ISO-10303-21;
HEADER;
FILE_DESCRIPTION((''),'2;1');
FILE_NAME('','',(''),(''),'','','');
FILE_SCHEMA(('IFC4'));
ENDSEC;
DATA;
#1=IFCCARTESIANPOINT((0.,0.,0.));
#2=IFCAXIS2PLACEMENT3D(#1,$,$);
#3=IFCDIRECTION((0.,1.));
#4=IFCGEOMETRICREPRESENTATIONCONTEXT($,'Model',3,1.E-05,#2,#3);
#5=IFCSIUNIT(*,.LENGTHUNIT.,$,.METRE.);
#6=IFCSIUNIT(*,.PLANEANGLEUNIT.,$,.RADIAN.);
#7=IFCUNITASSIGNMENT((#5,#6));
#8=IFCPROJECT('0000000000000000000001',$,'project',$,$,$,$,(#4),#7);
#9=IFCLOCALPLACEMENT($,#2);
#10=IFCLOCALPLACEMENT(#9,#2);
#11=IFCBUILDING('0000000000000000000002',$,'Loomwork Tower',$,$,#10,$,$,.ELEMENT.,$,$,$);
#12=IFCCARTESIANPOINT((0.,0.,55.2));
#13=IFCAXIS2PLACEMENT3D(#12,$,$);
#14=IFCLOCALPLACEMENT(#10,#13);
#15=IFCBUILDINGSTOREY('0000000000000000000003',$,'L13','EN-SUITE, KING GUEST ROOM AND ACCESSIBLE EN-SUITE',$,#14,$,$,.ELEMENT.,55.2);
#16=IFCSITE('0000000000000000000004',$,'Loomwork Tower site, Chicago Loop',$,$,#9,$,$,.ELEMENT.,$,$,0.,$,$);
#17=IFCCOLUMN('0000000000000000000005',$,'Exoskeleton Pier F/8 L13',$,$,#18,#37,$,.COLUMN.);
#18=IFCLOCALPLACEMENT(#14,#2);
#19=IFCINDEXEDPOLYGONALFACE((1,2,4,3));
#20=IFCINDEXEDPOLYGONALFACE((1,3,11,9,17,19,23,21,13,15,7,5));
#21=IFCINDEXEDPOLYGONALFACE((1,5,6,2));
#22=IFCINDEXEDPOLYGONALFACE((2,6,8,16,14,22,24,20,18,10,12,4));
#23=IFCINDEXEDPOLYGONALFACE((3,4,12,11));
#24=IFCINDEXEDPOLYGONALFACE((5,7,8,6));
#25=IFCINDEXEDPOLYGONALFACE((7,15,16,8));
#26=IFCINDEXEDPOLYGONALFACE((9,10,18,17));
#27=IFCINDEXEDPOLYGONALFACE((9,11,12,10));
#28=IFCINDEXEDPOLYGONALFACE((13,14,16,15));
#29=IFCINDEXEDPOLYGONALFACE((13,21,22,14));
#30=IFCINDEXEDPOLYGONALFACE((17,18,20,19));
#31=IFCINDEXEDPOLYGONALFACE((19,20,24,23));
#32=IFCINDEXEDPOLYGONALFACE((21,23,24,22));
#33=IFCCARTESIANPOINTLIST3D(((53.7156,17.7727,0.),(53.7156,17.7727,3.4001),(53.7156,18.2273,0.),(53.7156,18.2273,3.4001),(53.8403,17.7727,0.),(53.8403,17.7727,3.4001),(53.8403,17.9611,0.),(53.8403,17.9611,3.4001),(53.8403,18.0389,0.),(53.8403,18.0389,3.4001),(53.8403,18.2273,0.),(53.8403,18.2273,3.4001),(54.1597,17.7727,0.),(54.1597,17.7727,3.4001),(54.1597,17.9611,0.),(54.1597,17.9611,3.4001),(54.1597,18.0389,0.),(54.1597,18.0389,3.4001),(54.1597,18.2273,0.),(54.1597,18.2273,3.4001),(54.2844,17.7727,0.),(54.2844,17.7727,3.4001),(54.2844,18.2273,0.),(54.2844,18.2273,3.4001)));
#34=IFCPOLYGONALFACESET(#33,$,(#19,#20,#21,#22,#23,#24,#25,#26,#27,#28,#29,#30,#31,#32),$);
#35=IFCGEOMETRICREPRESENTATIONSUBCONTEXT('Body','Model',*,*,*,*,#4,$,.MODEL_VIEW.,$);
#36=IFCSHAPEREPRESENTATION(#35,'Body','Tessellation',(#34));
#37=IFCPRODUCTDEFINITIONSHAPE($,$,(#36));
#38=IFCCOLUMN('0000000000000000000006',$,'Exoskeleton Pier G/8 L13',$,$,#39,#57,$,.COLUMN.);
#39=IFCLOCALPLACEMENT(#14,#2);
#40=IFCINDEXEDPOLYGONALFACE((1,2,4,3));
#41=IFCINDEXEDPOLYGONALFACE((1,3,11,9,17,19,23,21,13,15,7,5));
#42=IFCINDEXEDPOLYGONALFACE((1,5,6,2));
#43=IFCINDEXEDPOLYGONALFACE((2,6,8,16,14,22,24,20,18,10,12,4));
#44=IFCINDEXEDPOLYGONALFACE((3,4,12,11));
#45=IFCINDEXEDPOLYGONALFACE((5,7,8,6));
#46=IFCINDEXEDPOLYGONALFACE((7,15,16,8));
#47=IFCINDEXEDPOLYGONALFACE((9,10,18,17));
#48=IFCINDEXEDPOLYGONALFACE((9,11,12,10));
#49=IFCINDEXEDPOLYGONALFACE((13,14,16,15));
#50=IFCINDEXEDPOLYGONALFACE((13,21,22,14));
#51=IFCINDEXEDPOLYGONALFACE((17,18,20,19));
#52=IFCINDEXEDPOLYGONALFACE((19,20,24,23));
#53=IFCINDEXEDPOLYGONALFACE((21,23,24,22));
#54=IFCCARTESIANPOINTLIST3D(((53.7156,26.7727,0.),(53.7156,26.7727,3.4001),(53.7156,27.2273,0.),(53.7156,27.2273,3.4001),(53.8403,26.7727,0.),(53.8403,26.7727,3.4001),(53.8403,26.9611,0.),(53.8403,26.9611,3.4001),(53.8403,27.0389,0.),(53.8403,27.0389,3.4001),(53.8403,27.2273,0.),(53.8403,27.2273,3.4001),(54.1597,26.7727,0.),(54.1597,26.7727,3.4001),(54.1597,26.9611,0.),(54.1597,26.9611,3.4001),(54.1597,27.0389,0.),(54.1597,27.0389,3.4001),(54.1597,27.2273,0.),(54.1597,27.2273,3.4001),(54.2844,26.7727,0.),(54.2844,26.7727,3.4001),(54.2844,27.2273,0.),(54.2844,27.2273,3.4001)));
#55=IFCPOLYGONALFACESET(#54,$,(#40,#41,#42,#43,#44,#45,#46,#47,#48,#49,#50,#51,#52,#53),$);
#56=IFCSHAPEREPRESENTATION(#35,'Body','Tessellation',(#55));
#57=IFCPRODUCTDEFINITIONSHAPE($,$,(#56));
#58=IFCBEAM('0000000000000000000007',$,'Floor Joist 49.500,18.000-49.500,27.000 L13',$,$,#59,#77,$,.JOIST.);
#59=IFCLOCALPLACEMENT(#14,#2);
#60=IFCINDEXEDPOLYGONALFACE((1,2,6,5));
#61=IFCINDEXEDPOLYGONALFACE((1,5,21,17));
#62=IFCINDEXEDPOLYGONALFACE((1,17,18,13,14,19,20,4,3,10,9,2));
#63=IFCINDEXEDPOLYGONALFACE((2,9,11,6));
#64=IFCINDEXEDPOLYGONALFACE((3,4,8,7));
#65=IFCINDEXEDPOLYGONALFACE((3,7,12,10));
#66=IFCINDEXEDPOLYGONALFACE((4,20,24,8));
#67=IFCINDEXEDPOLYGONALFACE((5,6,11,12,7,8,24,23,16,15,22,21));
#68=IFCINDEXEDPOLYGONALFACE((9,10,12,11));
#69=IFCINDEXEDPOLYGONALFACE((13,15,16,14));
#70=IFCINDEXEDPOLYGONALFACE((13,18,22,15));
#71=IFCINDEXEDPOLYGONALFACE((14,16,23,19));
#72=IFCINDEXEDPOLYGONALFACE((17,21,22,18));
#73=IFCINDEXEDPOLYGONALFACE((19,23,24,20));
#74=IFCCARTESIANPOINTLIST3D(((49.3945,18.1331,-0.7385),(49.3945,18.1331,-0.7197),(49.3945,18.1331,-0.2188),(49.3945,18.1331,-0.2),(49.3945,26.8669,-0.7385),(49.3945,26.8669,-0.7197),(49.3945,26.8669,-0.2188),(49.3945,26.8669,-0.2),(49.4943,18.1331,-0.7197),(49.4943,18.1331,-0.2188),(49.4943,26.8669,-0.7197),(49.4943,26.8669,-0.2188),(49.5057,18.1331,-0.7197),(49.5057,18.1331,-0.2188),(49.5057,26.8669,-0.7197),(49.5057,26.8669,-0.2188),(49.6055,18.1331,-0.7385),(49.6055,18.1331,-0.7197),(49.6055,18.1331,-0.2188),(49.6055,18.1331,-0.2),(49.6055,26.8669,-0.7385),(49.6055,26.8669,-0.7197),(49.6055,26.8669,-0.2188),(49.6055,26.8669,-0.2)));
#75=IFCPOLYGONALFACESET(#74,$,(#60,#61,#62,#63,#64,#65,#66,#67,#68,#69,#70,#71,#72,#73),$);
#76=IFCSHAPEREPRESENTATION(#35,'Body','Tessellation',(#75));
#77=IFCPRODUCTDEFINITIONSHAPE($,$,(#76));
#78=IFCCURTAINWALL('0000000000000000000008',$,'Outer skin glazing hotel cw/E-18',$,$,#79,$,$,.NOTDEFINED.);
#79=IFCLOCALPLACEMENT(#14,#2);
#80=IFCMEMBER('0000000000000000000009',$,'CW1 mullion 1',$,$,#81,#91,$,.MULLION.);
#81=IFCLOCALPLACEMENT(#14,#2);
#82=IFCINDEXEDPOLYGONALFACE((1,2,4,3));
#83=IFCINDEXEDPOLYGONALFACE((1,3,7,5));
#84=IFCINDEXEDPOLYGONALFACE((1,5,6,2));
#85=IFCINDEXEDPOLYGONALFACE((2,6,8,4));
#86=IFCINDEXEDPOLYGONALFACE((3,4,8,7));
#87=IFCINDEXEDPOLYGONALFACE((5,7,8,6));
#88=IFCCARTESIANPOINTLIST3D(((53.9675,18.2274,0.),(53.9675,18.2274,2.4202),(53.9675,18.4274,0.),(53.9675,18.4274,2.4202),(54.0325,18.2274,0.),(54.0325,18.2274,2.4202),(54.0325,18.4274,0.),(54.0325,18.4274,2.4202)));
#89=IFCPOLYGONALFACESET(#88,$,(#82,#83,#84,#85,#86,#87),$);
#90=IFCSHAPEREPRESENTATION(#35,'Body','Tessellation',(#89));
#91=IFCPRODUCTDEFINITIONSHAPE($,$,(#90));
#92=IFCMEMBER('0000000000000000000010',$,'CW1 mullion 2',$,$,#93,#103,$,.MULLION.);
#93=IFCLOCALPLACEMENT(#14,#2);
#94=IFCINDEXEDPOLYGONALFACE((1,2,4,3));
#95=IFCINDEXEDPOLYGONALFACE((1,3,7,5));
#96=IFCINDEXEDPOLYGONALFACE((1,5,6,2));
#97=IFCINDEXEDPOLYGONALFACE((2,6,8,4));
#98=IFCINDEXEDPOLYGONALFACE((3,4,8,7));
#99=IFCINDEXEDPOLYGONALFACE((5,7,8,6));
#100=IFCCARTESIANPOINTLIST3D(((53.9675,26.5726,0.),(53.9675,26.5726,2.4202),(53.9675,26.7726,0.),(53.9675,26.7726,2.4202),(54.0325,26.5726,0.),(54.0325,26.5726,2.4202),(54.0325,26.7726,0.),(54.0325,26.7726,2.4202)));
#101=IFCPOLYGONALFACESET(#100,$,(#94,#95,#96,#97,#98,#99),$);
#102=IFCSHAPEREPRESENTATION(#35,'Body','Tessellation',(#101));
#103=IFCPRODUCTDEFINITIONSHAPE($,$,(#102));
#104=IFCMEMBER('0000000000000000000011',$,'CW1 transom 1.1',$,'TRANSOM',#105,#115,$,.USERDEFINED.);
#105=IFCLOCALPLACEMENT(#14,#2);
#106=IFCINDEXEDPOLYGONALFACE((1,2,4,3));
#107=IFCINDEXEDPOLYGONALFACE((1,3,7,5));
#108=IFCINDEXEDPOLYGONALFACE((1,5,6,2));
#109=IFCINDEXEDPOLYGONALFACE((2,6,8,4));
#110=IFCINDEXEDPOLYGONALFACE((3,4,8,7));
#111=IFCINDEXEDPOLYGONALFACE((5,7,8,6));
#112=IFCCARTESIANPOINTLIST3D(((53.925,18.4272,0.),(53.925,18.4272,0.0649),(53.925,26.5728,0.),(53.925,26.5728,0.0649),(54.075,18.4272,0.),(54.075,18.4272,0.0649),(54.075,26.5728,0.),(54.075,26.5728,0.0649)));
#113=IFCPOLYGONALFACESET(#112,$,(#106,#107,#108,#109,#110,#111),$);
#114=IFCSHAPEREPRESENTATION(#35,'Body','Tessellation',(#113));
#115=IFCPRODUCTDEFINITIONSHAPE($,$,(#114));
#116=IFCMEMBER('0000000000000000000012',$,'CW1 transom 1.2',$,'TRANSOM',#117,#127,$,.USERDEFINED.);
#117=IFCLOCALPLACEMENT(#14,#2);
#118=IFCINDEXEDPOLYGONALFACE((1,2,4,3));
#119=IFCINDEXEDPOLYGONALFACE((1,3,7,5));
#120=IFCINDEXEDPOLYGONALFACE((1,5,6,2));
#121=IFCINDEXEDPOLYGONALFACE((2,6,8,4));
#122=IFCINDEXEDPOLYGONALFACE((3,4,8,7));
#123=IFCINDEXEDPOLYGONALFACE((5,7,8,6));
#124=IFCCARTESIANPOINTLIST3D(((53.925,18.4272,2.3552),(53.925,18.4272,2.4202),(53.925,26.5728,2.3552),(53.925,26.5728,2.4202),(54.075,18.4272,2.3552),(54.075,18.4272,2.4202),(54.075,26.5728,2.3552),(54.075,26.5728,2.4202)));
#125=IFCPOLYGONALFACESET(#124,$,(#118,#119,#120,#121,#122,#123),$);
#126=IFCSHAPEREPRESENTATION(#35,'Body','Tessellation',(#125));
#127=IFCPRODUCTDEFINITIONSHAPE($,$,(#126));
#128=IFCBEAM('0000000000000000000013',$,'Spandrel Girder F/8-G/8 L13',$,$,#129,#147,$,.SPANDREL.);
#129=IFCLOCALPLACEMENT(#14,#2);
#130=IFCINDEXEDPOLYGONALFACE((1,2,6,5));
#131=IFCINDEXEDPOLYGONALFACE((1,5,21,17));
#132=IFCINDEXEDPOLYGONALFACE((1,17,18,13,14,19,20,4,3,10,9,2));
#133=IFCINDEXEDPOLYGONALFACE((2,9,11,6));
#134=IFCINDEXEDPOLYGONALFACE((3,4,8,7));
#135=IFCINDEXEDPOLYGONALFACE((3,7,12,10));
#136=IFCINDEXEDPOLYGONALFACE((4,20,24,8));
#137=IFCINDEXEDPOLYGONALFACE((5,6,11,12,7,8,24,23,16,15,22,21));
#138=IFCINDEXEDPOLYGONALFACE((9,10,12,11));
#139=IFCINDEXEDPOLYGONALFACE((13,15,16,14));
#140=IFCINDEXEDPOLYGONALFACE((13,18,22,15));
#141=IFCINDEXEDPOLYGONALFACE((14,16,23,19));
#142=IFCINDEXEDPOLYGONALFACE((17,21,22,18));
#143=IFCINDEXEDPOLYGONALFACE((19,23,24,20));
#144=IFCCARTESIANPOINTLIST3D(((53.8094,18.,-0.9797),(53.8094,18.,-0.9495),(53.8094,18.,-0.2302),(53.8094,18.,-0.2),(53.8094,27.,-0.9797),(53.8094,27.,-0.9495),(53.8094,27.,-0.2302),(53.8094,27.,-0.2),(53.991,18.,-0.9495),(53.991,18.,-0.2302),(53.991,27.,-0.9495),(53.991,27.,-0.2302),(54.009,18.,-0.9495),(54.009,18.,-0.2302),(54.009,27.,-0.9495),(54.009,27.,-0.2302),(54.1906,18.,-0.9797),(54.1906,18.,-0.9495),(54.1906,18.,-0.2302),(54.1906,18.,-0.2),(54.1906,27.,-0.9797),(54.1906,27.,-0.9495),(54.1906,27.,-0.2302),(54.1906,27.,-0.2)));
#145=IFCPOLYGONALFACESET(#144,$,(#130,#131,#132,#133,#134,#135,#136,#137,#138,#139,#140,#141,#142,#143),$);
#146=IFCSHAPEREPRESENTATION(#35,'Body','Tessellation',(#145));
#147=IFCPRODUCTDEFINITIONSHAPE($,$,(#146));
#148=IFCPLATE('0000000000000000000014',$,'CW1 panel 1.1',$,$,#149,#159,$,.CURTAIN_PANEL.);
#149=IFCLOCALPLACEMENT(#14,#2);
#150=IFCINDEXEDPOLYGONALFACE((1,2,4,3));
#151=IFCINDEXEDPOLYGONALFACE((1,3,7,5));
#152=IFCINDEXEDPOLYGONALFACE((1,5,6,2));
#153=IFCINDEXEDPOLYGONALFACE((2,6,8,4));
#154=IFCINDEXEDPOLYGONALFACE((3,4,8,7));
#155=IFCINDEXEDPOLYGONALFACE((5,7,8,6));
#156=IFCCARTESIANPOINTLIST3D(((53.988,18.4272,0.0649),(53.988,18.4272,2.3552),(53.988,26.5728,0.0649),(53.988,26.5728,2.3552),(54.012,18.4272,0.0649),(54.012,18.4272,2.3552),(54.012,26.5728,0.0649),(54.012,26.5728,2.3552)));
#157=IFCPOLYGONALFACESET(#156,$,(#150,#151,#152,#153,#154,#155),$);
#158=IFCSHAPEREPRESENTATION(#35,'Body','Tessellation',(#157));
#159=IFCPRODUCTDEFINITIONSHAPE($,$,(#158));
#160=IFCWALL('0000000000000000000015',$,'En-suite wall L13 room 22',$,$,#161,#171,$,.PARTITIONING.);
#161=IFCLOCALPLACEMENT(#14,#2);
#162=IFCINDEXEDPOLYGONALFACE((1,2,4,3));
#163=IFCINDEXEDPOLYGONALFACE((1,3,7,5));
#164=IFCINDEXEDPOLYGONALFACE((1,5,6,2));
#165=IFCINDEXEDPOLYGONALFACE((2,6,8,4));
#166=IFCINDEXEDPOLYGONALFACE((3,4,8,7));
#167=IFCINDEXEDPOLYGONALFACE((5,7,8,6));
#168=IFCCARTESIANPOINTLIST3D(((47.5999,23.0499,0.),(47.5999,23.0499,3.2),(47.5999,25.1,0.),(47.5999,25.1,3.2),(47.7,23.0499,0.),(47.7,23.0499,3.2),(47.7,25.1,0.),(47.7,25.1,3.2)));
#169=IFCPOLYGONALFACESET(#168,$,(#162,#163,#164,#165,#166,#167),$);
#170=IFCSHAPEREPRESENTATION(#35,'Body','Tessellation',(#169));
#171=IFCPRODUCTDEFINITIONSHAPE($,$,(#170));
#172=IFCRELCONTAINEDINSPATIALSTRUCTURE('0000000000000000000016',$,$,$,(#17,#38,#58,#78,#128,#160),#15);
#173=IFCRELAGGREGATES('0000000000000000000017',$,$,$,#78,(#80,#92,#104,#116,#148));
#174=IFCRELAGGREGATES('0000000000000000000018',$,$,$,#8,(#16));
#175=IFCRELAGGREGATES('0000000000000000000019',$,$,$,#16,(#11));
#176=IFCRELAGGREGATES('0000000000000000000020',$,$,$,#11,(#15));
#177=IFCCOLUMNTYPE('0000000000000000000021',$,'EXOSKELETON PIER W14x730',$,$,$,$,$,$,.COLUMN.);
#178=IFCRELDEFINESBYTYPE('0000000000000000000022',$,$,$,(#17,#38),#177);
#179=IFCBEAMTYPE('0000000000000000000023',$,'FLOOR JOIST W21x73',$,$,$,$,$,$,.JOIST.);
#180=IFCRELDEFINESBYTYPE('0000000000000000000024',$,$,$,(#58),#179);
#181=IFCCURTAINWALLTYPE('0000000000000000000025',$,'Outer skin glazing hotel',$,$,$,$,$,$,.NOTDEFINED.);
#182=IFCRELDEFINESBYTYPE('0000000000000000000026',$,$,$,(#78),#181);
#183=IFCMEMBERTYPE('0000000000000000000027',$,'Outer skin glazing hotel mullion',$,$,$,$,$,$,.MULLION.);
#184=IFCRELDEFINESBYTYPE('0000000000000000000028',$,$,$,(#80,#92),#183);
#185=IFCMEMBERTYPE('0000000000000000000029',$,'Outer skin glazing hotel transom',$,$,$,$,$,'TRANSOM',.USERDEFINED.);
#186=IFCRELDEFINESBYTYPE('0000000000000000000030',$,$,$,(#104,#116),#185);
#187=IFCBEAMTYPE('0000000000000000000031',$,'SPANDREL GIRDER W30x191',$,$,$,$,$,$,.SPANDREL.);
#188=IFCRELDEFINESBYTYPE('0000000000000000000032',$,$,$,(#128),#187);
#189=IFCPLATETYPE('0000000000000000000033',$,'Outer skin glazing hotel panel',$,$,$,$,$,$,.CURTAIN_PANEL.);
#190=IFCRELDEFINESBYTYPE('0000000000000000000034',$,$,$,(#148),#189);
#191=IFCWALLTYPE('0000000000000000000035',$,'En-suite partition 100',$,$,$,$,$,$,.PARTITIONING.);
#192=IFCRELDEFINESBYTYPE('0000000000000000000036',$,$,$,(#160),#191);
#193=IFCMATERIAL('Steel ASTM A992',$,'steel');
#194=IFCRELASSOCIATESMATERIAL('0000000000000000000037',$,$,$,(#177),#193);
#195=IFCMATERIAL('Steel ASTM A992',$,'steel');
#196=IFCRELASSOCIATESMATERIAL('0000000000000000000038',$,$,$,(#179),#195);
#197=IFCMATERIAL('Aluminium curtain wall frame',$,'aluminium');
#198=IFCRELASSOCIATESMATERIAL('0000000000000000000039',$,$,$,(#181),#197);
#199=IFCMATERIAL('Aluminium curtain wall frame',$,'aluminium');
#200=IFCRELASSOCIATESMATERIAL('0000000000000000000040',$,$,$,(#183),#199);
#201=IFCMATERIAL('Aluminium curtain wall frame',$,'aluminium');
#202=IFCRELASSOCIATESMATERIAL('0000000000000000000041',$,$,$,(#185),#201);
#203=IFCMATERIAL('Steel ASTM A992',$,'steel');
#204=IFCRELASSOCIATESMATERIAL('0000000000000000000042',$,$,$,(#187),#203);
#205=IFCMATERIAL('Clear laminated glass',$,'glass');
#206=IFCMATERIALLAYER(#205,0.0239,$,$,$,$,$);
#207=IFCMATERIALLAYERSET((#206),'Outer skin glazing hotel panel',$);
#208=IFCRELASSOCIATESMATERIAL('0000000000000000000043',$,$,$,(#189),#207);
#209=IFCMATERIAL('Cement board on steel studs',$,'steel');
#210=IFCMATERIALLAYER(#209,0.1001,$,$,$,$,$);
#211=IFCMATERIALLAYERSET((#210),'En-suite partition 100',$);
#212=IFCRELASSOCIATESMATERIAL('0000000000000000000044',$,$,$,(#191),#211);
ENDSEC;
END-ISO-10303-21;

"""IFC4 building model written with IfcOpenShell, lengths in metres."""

from ifc_helpers import new_model, si_unit, direction, frame, frame_2d, origin, origin_2d, place, context, subcontext, project, spatial, rectangle, i_section, extrude, material, layer, layer_set, material_profile, profile_set, type_object, element, aggregate, save


model = new_model("IFC4")

# Units and contexts
model_context = context("Model", 3, precision=1e-05, world=origin(), true_north=direction((0.0, 1.0)))
body_context = subcontext(model_context, "Body", "Model", "MODEL_VIEW")
ifc_project = project(units=[si_unit("LENGTHUNIT", "METRE"), si_unit("PLANEANGLEUNIT", "RADIAN")], contexts=[model_context])

# Site, building, storey
site_placement = place(None, origin())
site = spatial("IfcSite", under=ifc_project, at=site_placement, Name="Loomwork Tower site, Chicago Loop", CompositionType="ELEMENT", RefElevation=0.0)
building_placement = place(site_placement, origin())
building = spatial("IfcBuilding", under=site, at=building_placement, Name="Loomwork Tower", CompositionType="ELEMENT")
storey_placement = place(building_placement, frame((0.0, 0.0, 55.2)))
storey = spatial("IfcBuildingStorey", under=building, at=storey_placement, Name="L13", Description="EN-SUITE, KING GUEST ROOM AND ACCESSIBLE EN-SUITE", CompositionType="ELEMENT", Elevation=55.2)

# Columns
ifc_material_1 = material(Name="Steel ASTM A992", Category="steel")
ifc_material_profile_1 = material_profile(ifc_material_1, i_section(OverallWidth=0.4546, OverallDepth=0.5688, WebThickness=0.0779, FlangeThickness=0.1248, at=origin_2d()), Name="W14x730")
ifc_profile_set_1 = profile_set([ifc_material_profile_1], Name="Steel ASTM A992")
column_type = type_object("IfcColumnType", Name="EXOSKELETON PIER W14x730", PredefinedType="COLUMN", material=ifc_profile_set_1)
for number, where, z_axis, x_axis, name in (
    (1, (54.0, 18.0, 0.0), (0.0, 0.0, 1.0), (0.0, 1.0, 0.0), "Exoskeleton Pier F/8 L13"),
    (2, (54.0, 27.0, 0.0), (0.0, 0.0, 1.0), (0.0, 1.0, 0.0), "Exoskeleton Pier G/8 L13"),
):
    element("IfcColumn", number, at=place(storey_placement, frame(where, z_axis=z_axis, x_axis=x_axis)), inside=storey, type_object=column_type, Name=name, PredefinedType="COLUMN", context=body_context, shape_type="SweptSolid", body=[
        extrude(i_section(OverallWidth=0.4546, OverallDepth=0.5688, WebThickness=0.0779, FlangeThickness=0.1248, at=origin_2d()), origin(), (0.0, 0.0, 1.0), 3.4001),
    ])

# Beam
ifc_material_2 = material(Name="Steel ASTM A992", Category="steel")
ifc_material_profile_2 = material_profile(ifc_material_2, i_section(OverallWidth=0.2109, OverallDepth=0.5386, WebThickness=0.0115, FlangeThickness=0.0188, at=origin_2d()), Name="W21x73")
ifc_profile_set_2 = profile_set([ifc_material_profile_2], Name="Steel ASTM A992")
beam_type_1 = type_object("IfcBeamType", Name="FLOOR JOIST W21x73", PredefinedType="JOIST", material=ifc_profile_set_2)
beam_1_placement = place(storey_placement, frame((49.5, 18.1331, -0.4692), z_axis=(0.0, 1.0, 0.0), x_axis=(-1.0, 0.0, 0.0)))
element("IfcBeam", 3, at=beam_1_placement, inside=storey, type_object=beam_type_1, Name="Floor Joist 49.500,18.000-49.500,27.000 L13", PredefinedType="JOIST", context=body_context, shape_type="SweptSolid", body=[
    extrude(i_section(OverallWidth=0.2109, OverallDepth=0.5386, WebThickness=0.0115, FlangeThickness=0.0188, at=origin_2d()), origin(), (0.0, 0.0, 1.0), 8.7339),
])

# Curtain wall, members
ifc_material_3 = material(Name="Aluminium curtain wall frame", Category="aluminium")
curtain_wall_type = type_object("IfcCurtainWallType", Name="Outer skin glazing hotel", PredefinedType="NOTDEFINED", material=ifc_material_3)
curtain_wall_placement = place(storey_placement, origin())
curtain_wall = element("IfcCurtainWall", 4, at=curtain_wall_placement, inside=storey, type_object=curtain_wall_type, Name="Outer skin glazing hotel cw/E-18", PredefinedType="NOTDEFINED")
ifc_material_4 = material(Name="Aluminium curtain wall frame", Category="aluminium")
ifc_material_profile_3 = material_profile(ifc_material_4, rectangle(XDim=0.0649, YDim=0.2, at=origin_2d()), Name="AL 65x200")
ifc_profile_set_3 = profile_set([ifc_material_profile_3], Name="Aluminium curtain wall frame")
member_type_1 = type_object("IfcMemberType", Name="Outer skin glazing hotel mullion", PredefinedType="MULLION", material=ifc_profile_set_3)
member_1_placement = place(storey_placement, frame((54.0, 18.3274, 0.0), z_axis=(0.0, 0.0, 1.0), x_axis=(-1.0, 0.0, 0.0)))
member_1 = element("IfcMember", 5, at=member_1_placement, type_object=member_type_1, Name="CW1 mullion 1", PredefinedType="MULLION", context=body_context, shape_type="SweptSolid", body=[
    extrude(rectangle(XDim=0.0649, YDim=0.2, at=origin_2d()), origin(), (0.0, 0.0, 1.0), 2.4202),
])
member_2_placement = place(storey_placement, frame((54.0, 26.6726, 0.0), z_axis=(0.0, 0.0, 1.0), x_axis=(-1.0, 0.0, 0.0)))
member_2 = element("IfcMember", 6, at=member_2_placement, type_object=member_type_1, Name="CW1 mullion 2", PredefinedType="MULLION", context=body_context, shape_type="SweptSolid", body=[
    extrude(rectangle(XDim=0.0649, YDim=0.2, at=origin_2d()), origin(), (0.0, 0.0, 1.0), 2.4202),
])
ifc_material_5 = material(Name="Aluminium curtain wall frame", Category="aluminium")
ifc_material_profile_4 = material_profile(ifc_material_5, rectangle(XDim=0.1499, YDim=0.0649, at=origin_2d()), Name="AL 65x150")
ifc_profile_set_4 = profile_set([ifc_material_profile_4], Name="Aluminium curtain wall frame")
member_type_2 = type_object("IfcMemberType", Name="Outer skin glazing hotel transom", ElementType="TRANSOM", PredefinedType="USERDEFINED", material=ifc_profile_set_4)
member_3_placement = place(storey_placement, frame((54.0, 18.4272, 0.0325), z_axis=(0.0, 1.0, 0.0), x_axis=(-1.0, 0.0, 0.0)))
member_3 = element("IfcMember", 7, at=member_3_placement, type_object=member_type_2, Name="CW1 transom 1.1", ObjectType="TRANSOM", PredefinedType="USERDEFINED", context=body_context, shape_type="SweptSolid", body=[
    extrude(rectangle(XDim=0.1499, YDim=0.0649, at=origin_2d()), origin(), (0.0, 0.0, 1.0), 8.1455),
])
member_4_placement = place(storey_placement, frame((54.0, 18.4272, 2.3877), z_axis=(0.0, 1.0, 0.0), x_axis=(-1.0, 0.0, 0.0)))
member_4 = element("IfcMember", 8, at=member_4_placement, type_object=member_type_2, Name="CW1 transom 1.2", ObjectType="TRANSOM", PredefinedType="USERDEFINED", context=body_context, shape_type="SweptSolid", body=[
    extrude(rectangle(XDim=0.1499, YDim=0.0649, at=origin_2d()), origin(), (0.0, 0.0, 1.0), 8.1455),
])

# Beam
ifc_material_6 = material(Name="Steel ASTM A992", Category="steel")
ifc_material_profile_5 = material_profile(ifc_material_6, i_section(OverallWidth=0.3811, OverallDepth=0.7798, WebThickness=0.0181, FlangeThickness=0.0303, at=origin_2d()), Name="W30x191")
ifc_profile_set_5 = profile_set([ifc_material_profile_5], Name="Steel ASTM A992")
beam_type_2 = type_object("IfcBeamType", Name="SPANDREL GIRDER W30x191", PredefinedType="SPANDREL", material=ifc_profile_set_5)
beam_2_placement = place(storey_placement, frame((54.0, 18.0, -0.5898), z_axis=(0.0, 1.0, 0.0), x_axis=(-1.0, 0.0, 0.0)))
element("IfcBeam", 9, at=beam_2_placement, inside=storey, type_object=beam_type_2, Name="Spandrel Girder F/8-G/8 L13", PredefinedType="SPANDREL", context=body_context, shape_type="SweptSolid", body=[
    extrude(i_section(OverallWidth=0.3811, OverallDepth=0.7798, WebThickness=0.0181, FlangeThickness=0.0303, at=origin_2d()), origin(), (0.0, 0.0, 1.0), 9.0),
])

# Plate
ifc_material_7 = material(Name="Clear laminated glass", Category="glass")
ifc_layer_1 = layer(ifc_material_7, 0.0239)
ifc_layer_set_1 = layer_set([ifc_layer_1], Name="Outer skin glazing hotel panel")
plate_type = type_object("IfcPlateType", Name="Outer skin glazing hotel panel", PredefinedType="CURTAIN_PANEL", material=ifc_layer_set_1)
plate_placement = place(storey_placement, frame((54.0, 22.5, 0.0649), z_axis=(0.0, 0.0, 1.0), x_axis=(0.0, 1.0, 0.0)))
plate = element("IfcPlate", 10, at=plate_placement, type_object=plate_type, Name="CW1 panel 1.1", PredefinedType="CURTAIN_PANEL", context=body_context, shape_type="SweptSolid", body=[
    extrude(rectangle(XDim=8.1455, YDim=0.0239, at=origin_2d()), origin(), (0.0, 0.0, 1.0), 2.2903),
])
aggregate(curtain_wall, [member_1, member_2, member_3, member_4, plate])

# Wall
ifc_material_8 = material(Name="Cement board on steel studs", Category="steel")
ifc_layer_2 = layer(ifc_material_8, 0.1001)
ifc_layer_set_2 = layer_set([ifc_layer_2], Name="En-suite partition 100")
wall_type_1 = type_object("IfcWallType", Name="En-suite partition 100", PredefinedType="PARTITIONING", material=ifc_layer_set_2)
wall_1_placement = place(storey_placement, frame((47.6499, 23.05, 0.0), z_axis=(0.0, 0.0, 1.0), x_axis=(0.0, 1.0, 0.0)))
element("IfcWall", 11, at=wall_1_placement, inside=storey, type_object=wall_type_1, Name="En-suite wall L13 room 22", PredefinedType="PARTITIONING", context=body_context, shape_type="SweptSolid", body=[
    extrude(rectangle(XDim=2.05, YDim=0.1001, at=frame_2d((1.0249, 0.0))), origin(), (0.0, 0.0, 1.0), 3.2),
])

save(model, "model.ifc")
